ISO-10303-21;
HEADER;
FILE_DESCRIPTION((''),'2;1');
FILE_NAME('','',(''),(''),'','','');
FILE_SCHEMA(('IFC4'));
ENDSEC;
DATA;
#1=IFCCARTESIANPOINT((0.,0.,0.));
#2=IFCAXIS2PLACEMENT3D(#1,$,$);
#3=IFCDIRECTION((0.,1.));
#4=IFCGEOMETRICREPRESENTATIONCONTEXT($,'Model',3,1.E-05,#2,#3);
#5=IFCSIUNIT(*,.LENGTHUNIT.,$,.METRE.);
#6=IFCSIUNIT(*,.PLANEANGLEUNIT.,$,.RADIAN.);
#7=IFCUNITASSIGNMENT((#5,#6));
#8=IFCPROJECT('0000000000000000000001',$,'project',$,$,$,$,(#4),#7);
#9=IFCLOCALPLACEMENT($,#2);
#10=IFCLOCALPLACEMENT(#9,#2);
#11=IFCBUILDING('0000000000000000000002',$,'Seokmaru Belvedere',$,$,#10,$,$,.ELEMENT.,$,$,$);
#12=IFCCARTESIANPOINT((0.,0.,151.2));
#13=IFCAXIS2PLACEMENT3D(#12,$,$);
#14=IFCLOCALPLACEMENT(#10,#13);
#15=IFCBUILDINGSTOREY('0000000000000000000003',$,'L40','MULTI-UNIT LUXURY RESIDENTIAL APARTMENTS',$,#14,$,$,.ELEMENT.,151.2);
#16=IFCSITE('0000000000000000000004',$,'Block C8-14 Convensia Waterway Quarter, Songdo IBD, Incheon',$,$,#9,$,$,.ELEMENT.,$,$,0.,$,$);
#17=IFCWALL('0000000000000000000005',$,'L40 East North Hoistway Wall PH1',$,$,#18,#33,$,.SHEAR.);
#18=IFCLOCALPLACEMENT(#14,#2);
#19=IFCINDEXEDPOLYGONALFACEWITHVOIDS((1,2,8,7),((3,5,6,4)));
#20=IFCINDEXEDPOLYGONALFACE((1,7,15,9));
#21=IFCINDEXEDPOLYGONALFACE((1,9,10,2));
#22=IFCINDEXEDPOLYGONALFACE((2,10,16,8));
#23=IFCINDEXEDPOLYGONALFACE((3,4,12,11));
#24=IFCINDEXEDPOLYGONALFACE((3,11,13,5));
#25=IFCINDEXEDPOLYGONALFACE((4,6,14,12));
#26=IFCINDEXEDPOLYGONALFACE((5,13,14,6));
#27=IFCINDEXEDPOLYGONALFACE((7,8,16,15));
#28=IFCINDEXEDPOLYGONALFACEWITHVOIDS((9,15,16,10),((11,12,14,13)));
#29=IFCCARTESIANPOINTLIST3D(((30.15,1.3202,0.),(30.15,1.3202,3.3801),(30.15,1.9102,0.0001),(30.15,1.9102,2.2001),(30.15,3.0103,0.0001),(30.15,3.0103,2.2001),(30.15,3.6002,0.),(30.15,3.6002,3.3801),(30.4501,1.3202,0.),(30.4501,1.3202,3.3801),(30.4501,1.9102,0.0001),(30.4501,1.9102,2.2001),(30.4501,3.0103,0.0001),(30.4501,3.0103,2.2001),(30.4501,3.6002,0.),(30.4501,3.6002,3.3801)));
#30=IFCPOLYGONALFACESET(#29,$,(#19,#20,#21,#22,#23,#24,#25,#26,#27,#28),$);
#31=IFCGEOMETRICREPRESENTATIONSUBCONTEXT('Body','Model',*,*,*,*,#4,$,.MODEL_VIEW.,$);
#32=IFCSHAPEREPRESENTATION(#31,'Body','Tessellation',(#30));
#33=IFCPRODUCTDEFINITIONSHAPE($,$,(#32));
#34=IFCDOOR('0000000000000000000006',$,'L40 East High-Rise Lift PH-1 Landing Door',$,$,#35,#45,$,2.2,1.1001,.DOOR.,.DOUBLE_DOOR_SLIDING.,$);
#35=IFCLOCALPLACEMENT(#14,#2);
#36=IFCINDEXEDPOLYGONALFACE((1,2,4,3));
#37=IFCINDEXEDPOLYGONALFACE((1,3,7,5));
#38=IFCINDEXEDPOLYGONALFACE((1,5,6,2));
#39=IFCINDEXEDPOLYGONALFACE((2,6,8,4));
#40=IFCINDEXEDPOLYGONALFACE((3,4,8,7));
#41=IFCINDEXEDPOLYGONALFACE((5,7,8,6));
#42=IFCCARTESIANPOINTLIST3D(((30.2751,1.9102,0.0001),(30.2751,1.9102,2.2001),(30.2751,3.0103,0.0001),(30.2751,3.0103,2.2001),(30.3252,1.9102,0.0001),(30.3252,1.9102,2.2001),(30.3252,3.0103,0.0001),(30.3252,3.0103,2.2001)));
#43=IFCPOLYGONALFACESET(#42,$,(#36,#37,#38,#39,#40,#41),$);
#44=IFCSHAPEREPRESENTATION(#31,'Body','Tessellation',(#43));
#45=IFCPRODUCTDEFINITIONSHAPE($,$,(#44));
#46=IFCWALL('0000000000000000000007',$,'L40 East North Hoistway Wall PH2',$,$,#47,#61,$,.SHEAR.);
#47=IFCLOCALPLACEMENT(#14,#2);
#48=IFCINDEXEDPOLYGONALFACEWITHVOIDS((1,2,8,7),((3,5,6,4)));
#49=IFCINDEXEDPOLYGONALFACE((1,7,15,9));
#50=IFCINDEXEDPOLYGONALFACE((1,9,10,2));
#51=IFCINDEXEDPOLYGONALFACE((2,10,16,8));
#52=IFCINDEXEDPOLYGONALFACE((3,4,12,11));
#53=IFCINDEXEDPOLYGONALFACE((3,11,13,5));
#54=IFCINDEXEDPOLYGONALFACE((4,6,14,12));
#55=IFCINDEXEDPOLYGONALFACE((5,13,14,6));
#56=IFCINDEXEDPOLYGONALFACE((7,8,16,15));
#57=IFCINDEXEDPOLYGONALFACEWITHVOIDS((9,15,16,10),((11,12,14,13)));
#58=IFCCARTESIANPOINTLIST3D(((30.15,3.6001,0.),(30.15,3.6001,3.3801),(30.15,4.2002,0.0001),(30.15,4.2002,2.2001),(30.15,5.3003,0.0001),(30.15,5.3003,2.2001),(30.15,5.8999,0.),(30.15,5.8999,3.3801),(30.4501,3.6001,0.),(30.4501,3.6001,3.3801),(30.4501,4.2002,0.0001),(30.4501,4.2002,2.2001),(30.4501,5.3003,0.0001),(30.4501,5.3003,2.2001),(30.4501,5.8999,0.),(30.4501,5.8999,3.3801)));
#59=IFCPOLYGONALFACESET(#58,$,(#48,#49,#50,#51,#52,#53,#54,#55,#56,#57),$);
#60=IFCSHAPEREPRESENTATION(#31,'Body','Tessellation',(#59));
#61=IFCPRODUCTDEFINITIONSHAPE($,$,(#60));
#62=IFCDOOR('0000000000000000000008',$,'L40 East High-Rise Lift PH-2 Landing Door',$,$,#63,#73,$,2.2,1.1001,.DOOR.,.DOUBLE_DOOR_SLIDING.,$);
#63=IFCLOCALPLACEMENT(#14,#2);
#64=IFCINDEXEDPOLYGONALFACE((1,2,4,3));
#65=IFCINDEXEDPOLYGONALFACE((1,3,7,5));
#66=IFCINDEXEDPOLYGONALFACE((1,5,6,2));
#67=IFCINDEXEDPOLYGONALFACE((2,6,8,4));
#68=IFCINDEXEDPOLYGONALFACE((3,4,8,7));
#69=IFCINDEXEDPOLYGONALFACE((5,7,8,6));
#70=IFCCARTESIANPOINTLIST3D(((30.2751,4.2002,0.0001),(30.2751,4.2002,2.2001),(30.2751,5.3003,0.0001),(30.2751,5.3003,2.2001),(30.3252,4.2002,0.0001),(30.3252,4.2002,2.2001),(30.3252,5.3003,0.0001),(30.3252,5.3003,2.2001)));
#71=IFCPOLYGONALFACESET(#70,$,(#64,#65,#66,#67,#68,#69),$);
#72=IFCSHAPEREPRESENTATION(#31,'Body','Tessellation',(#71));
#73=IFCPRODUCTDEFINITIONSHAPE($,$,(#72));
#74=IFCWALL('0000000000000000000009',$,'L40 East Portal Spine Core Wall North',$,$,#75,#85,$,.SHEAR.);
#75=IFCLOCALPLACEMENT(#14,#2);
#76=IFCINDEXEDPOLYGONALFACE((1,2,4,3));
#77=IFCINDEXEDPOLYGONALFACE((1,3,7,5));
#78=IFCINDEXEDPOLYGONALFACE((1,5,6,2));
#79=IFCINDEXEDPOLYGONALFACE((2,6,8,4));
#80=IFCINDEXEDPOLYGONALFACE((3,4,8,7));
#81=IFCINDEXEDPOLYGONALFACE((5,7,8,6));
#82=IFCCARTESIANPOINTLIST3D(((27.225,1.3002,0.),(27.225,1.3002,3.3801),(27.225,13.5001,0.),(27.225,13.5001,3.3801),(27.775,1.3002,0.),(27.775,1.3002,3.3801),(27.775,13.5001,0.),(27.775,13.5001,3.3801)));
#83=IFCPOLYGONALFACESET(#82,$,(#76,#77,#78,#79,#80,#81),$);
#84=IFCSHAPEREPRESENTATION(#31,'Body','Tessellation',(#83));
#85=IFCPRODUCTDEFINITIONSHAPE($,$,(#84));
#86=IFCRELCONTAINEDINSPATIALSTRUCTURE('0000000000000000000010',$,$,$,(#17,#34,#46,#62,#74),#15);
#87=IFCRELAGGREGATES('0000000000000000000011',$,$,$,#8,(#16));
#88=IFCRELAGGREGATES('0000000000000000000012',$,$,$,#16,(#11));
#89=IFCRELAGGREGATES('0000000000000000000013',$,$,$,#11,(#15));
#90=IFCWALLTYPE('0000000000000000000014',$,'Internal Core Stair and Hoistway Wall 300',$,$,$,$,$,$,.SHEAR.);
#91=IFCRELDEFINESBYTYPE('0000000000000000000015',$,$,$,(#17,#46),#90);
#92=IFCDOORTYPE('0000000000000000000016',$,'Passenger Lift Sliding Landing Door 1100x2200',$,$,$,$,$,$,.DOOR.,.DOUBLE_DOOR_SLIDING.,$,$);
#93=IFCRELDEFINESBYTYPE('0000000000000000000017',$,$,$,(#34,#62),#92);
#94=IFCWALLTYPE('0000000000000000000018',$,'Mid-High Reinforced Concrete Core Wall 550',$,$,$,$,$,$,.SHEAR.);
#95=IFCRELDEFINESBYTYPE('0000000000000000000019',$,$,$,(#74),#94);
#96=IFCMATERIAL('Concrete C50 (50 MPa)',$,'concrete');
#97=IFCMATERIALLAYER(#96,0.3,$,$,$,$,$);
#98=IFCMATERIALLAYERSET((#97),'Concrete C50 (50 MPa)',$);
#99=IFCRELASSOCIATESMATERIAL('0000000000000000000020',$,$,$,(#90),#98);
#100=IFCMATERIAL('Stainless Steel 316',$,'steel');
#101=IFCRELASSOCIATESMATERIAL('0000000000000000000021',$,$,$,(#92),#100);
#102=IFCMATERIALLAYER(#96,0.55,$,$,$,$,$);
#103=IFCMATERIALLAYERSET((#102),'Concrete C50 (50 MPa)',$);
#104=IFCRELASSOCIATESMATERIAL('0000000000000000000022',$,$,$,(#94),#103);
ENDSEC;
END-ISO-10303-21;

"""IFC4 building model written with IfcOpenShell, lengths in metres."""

from ifc_helpers import new_model, si_unit, direction, frame, frame_2d, origin, place, context, subcontext, project, spatial, rectangle, extrude, source, transform, mapped, material, layer, layer_set, type_object, type_shapes, element, fill, save


model = new_model("IFC4")

# Units and contexts
model_context = context("Model", 3, precision=1e-05, world=origin(), true_north=direction((0.0, 1.0)))
body_context = subcontext(model_context, "Body", "Model", "MODEL_VIEW")
ifc_project = project(units=[si_unit("LENGTHUNIT", "METRE"), si_unit("PLANEANGLEUNIT", "RADIAN")], contexts=[model_context])

# Site, building, storey
site_placement = place(None, origin())
site = spatial("IfcSite", under=ifc_project, at=site_placement, Name="Block C8-14 Convensia Waterway Quarter, Songdo IBD, Incheon", CompositionType="ELEMENT", RefElevation=0.0)
building_placement = place(site_placement, origin())
building = spatial("IfcBuilding", under=site, at=building_placement, Name="Seokmaru Belvedere", CompositionType="ELEMENT")
storey_placement = place(building_placement, frame((0.0, 0.0, 151.2)))
storey = spatial("IfcBuildingStorey", under=building, at=storey_placement, Name="L40", Description="MULTI-UNIT LUXURY RESIDENTIAL APARTMENTS", CompositionType="ELEMENT", Elevation=151.2)

# Shared definitions
ifc_material_1 = material(Name="Concrete C50 (50 MPa)", Category="concrete")

# Walls, openings, doors
ifc_layer_1 = layer(ifc_material_1, 0.3)
ifc_layer_set_1 = layer_set([ifc_layer_1], Name="Concrete C50 (50 MPa)")
wall_type_1 = type_object("IfcWallType", Name="Internal Core Stair and Hoistway Wall 300", PredefinedType="SHEAR", material=ifc_layer_set_1)
wall_1_placement = place(storey_placement, frame((30.3, 1.3201, 0.0), z_axis=(0.0, 0.0, 1.0), x_axis=(0.0, 1.0, 0.0)))
wall_1 = element("IfcWall", 1, at=wall_1_placement, inside=storey, type_object=wall_type_1, Name="L40 East North Hoistway Wall PH1", PredefinedType="SHEAR", context=body_context, shape_type="SweptSolid", body=[
    extrude(rectangle(XDim=2.28, YDim=0.3, at=frame_2d((1.1401, 0.0))), origin(), (0.0, 0.0, 1.0), 3.3801),
])
opening_1_placement = place(wall_1_placement, frame((0.5901, 0.0, 0.0)))
opening_1 = element("IfcOpeningElement", 2, at=opening_1_placement, cuts=wall_1, PredefinedType="OPENING", context=body_context, shape_type="SweptSolid", body=[
    extrude(rectangle(XDim=1.1001, YDim=2.2, at=frame_2d((0.55, 1.1001))), frame((0.0, 0.1602, 0.0), z_axis=(0.0, -1.0, 0.0), x_axis=(1.0, 0.0, 0.0)), (0.0, 0.0, 1.0), 0.3201),
])
ifc_material_2 = material(Name="Stainless Steel 316", Category="steel")
door_type_1 = type_object("IfcDoorType", Name="Passenger Lift Sliding Landing Door 1100x2200", OperationType="DOUBLE_DOOR_SLIDING", PredefinedType="DOOR", material=ifc_material_2)
shared_shape_1 = source(origin(), body_context, "Body", "SweptSolid", [
    extrude(rectangle(XDim=1.1001, YDim=2.2, at=frame_2d((0.55, 1.1001))), frame((0.0, 0.0249, 0.0), z_axis=(0.0, -1.0, 0.0), x_axis=(1.0, 0.0, 0.0)), (0.0, 0.0, 1.0), 0.05),
])
type_shapes(door_type_1, [shared_shape_1])
door_1_placement = place(opening_1_placement, origin())
door_1 = element("IfcDoor", 3, at=door_1_placement, inside=storey, type_object=door_type_1, Name="L40 East High-Rise Lift PH-1 Landing Door", OperationType="DOUBLE_DOOR_SLIDING", OverallHeight=2.2, OverallWidth=1.1001, PredefinedType="DOOR", context=body_context, shape_type="MappedRepresentation", body=[
    mapped(shared_shape_1, transform((0.0, 0.0, 0.0), scale=1.0)),
])
fill(opening_1, door_1)
wall_2_placement = place(storey_placement, frame((30.3, 3.6001, 0.0), z_axis=(0.0, 0.0, 1.0), x_axis=(0.0, 1.0, 0.0)))
wall_2 = element("IfcWall", 4, at=wall_2_placement, inside=storey, type_object=wall_type_1, Name="L40 East North Hoistway Wall PH2", PredefinedType="SHEAR", context=body_context, shape_type="SweptSolid", body=[
    extrude(rectangle(XDim=2.2998, YDim=0.3, at=frame_2d((1.1499, 0.0))), origin(), (0.0, 0.0, 1.0), 3.3801),
])
opening_2_placement = place(wall_2_placement, frame((0.6001, 0.0, 0.0)))
opening_2 = element("IfcOpeningElement", 5, at=opening_2_placement, cuts=wall_2, PredefinedType="OPENING", context=body_context, shape_type="SweptSolid", body=[
    extrude(rectangle(XDim=1.1001, YDim=2.2, at=frame_2d((0.55, 1.1001))), frame((0.0, 0.1602, 0.0), z_axis=(0.0, -1.0, 0.0), x_axis=(1.0, 0.0, 0.0)), (0.0, 0.0, 1.0), 0.3201),
])
door_2_placement = place(opening_2_placement, origin())
door_2 = element("IfcDoor", 6, at=door_2_placement, inside=storey, type_object=door_type_1, Name="L40 East High-Rise Lift PH-2 Landing Door", OperationType="DOUBLE_DOOR_SLIDING", OverallHeight=2.2, OverallWidth=1.1001, PredefinedType="DOOR", context=body_context, shape_type="MappedRepresentation", body=[
    mapped(shared_shape_1, transform((0.0, 0.0, 0.0), scale=1.0)),
])
fill(opening_2, door_2)

# Wall
ifc_layer_2 = layer(ifc_material_1, 0.55)
ifc_layer_set_2 = layer_set([ifc_layer_2], Name="Concrete C50 (50 MPa)")
wall_type_2 = type_object("IfcWallType", Name="Mid-High Reinforced Concrete Core Wall 550", PredefinedType="SHEAR", material=ifc_layer_set_2)
wall_3_placement = place(storey_placement, frame((27.5, 1.3, 0.0), z_axis=(0.0, 0.0, 1.0), x_axis=(0.0, 1.0, 0.0)))
element("IfcWall", 7, at=wall_3_placement, inside=storey, type_object=wall_type_2, Name="L40 East Portal Spine Core Wall North", PredefinedType="SHEAR", context=body_context, shape_type="SweptSolid", body=[
    extrude(rectangle(XDim=12.2, YDim=0.55, at=frame_2d((6.1001, 0.0))), origin(), (0.0, 0.0, 1.0), 3.3801),
])

save(model, "model.ifc")
